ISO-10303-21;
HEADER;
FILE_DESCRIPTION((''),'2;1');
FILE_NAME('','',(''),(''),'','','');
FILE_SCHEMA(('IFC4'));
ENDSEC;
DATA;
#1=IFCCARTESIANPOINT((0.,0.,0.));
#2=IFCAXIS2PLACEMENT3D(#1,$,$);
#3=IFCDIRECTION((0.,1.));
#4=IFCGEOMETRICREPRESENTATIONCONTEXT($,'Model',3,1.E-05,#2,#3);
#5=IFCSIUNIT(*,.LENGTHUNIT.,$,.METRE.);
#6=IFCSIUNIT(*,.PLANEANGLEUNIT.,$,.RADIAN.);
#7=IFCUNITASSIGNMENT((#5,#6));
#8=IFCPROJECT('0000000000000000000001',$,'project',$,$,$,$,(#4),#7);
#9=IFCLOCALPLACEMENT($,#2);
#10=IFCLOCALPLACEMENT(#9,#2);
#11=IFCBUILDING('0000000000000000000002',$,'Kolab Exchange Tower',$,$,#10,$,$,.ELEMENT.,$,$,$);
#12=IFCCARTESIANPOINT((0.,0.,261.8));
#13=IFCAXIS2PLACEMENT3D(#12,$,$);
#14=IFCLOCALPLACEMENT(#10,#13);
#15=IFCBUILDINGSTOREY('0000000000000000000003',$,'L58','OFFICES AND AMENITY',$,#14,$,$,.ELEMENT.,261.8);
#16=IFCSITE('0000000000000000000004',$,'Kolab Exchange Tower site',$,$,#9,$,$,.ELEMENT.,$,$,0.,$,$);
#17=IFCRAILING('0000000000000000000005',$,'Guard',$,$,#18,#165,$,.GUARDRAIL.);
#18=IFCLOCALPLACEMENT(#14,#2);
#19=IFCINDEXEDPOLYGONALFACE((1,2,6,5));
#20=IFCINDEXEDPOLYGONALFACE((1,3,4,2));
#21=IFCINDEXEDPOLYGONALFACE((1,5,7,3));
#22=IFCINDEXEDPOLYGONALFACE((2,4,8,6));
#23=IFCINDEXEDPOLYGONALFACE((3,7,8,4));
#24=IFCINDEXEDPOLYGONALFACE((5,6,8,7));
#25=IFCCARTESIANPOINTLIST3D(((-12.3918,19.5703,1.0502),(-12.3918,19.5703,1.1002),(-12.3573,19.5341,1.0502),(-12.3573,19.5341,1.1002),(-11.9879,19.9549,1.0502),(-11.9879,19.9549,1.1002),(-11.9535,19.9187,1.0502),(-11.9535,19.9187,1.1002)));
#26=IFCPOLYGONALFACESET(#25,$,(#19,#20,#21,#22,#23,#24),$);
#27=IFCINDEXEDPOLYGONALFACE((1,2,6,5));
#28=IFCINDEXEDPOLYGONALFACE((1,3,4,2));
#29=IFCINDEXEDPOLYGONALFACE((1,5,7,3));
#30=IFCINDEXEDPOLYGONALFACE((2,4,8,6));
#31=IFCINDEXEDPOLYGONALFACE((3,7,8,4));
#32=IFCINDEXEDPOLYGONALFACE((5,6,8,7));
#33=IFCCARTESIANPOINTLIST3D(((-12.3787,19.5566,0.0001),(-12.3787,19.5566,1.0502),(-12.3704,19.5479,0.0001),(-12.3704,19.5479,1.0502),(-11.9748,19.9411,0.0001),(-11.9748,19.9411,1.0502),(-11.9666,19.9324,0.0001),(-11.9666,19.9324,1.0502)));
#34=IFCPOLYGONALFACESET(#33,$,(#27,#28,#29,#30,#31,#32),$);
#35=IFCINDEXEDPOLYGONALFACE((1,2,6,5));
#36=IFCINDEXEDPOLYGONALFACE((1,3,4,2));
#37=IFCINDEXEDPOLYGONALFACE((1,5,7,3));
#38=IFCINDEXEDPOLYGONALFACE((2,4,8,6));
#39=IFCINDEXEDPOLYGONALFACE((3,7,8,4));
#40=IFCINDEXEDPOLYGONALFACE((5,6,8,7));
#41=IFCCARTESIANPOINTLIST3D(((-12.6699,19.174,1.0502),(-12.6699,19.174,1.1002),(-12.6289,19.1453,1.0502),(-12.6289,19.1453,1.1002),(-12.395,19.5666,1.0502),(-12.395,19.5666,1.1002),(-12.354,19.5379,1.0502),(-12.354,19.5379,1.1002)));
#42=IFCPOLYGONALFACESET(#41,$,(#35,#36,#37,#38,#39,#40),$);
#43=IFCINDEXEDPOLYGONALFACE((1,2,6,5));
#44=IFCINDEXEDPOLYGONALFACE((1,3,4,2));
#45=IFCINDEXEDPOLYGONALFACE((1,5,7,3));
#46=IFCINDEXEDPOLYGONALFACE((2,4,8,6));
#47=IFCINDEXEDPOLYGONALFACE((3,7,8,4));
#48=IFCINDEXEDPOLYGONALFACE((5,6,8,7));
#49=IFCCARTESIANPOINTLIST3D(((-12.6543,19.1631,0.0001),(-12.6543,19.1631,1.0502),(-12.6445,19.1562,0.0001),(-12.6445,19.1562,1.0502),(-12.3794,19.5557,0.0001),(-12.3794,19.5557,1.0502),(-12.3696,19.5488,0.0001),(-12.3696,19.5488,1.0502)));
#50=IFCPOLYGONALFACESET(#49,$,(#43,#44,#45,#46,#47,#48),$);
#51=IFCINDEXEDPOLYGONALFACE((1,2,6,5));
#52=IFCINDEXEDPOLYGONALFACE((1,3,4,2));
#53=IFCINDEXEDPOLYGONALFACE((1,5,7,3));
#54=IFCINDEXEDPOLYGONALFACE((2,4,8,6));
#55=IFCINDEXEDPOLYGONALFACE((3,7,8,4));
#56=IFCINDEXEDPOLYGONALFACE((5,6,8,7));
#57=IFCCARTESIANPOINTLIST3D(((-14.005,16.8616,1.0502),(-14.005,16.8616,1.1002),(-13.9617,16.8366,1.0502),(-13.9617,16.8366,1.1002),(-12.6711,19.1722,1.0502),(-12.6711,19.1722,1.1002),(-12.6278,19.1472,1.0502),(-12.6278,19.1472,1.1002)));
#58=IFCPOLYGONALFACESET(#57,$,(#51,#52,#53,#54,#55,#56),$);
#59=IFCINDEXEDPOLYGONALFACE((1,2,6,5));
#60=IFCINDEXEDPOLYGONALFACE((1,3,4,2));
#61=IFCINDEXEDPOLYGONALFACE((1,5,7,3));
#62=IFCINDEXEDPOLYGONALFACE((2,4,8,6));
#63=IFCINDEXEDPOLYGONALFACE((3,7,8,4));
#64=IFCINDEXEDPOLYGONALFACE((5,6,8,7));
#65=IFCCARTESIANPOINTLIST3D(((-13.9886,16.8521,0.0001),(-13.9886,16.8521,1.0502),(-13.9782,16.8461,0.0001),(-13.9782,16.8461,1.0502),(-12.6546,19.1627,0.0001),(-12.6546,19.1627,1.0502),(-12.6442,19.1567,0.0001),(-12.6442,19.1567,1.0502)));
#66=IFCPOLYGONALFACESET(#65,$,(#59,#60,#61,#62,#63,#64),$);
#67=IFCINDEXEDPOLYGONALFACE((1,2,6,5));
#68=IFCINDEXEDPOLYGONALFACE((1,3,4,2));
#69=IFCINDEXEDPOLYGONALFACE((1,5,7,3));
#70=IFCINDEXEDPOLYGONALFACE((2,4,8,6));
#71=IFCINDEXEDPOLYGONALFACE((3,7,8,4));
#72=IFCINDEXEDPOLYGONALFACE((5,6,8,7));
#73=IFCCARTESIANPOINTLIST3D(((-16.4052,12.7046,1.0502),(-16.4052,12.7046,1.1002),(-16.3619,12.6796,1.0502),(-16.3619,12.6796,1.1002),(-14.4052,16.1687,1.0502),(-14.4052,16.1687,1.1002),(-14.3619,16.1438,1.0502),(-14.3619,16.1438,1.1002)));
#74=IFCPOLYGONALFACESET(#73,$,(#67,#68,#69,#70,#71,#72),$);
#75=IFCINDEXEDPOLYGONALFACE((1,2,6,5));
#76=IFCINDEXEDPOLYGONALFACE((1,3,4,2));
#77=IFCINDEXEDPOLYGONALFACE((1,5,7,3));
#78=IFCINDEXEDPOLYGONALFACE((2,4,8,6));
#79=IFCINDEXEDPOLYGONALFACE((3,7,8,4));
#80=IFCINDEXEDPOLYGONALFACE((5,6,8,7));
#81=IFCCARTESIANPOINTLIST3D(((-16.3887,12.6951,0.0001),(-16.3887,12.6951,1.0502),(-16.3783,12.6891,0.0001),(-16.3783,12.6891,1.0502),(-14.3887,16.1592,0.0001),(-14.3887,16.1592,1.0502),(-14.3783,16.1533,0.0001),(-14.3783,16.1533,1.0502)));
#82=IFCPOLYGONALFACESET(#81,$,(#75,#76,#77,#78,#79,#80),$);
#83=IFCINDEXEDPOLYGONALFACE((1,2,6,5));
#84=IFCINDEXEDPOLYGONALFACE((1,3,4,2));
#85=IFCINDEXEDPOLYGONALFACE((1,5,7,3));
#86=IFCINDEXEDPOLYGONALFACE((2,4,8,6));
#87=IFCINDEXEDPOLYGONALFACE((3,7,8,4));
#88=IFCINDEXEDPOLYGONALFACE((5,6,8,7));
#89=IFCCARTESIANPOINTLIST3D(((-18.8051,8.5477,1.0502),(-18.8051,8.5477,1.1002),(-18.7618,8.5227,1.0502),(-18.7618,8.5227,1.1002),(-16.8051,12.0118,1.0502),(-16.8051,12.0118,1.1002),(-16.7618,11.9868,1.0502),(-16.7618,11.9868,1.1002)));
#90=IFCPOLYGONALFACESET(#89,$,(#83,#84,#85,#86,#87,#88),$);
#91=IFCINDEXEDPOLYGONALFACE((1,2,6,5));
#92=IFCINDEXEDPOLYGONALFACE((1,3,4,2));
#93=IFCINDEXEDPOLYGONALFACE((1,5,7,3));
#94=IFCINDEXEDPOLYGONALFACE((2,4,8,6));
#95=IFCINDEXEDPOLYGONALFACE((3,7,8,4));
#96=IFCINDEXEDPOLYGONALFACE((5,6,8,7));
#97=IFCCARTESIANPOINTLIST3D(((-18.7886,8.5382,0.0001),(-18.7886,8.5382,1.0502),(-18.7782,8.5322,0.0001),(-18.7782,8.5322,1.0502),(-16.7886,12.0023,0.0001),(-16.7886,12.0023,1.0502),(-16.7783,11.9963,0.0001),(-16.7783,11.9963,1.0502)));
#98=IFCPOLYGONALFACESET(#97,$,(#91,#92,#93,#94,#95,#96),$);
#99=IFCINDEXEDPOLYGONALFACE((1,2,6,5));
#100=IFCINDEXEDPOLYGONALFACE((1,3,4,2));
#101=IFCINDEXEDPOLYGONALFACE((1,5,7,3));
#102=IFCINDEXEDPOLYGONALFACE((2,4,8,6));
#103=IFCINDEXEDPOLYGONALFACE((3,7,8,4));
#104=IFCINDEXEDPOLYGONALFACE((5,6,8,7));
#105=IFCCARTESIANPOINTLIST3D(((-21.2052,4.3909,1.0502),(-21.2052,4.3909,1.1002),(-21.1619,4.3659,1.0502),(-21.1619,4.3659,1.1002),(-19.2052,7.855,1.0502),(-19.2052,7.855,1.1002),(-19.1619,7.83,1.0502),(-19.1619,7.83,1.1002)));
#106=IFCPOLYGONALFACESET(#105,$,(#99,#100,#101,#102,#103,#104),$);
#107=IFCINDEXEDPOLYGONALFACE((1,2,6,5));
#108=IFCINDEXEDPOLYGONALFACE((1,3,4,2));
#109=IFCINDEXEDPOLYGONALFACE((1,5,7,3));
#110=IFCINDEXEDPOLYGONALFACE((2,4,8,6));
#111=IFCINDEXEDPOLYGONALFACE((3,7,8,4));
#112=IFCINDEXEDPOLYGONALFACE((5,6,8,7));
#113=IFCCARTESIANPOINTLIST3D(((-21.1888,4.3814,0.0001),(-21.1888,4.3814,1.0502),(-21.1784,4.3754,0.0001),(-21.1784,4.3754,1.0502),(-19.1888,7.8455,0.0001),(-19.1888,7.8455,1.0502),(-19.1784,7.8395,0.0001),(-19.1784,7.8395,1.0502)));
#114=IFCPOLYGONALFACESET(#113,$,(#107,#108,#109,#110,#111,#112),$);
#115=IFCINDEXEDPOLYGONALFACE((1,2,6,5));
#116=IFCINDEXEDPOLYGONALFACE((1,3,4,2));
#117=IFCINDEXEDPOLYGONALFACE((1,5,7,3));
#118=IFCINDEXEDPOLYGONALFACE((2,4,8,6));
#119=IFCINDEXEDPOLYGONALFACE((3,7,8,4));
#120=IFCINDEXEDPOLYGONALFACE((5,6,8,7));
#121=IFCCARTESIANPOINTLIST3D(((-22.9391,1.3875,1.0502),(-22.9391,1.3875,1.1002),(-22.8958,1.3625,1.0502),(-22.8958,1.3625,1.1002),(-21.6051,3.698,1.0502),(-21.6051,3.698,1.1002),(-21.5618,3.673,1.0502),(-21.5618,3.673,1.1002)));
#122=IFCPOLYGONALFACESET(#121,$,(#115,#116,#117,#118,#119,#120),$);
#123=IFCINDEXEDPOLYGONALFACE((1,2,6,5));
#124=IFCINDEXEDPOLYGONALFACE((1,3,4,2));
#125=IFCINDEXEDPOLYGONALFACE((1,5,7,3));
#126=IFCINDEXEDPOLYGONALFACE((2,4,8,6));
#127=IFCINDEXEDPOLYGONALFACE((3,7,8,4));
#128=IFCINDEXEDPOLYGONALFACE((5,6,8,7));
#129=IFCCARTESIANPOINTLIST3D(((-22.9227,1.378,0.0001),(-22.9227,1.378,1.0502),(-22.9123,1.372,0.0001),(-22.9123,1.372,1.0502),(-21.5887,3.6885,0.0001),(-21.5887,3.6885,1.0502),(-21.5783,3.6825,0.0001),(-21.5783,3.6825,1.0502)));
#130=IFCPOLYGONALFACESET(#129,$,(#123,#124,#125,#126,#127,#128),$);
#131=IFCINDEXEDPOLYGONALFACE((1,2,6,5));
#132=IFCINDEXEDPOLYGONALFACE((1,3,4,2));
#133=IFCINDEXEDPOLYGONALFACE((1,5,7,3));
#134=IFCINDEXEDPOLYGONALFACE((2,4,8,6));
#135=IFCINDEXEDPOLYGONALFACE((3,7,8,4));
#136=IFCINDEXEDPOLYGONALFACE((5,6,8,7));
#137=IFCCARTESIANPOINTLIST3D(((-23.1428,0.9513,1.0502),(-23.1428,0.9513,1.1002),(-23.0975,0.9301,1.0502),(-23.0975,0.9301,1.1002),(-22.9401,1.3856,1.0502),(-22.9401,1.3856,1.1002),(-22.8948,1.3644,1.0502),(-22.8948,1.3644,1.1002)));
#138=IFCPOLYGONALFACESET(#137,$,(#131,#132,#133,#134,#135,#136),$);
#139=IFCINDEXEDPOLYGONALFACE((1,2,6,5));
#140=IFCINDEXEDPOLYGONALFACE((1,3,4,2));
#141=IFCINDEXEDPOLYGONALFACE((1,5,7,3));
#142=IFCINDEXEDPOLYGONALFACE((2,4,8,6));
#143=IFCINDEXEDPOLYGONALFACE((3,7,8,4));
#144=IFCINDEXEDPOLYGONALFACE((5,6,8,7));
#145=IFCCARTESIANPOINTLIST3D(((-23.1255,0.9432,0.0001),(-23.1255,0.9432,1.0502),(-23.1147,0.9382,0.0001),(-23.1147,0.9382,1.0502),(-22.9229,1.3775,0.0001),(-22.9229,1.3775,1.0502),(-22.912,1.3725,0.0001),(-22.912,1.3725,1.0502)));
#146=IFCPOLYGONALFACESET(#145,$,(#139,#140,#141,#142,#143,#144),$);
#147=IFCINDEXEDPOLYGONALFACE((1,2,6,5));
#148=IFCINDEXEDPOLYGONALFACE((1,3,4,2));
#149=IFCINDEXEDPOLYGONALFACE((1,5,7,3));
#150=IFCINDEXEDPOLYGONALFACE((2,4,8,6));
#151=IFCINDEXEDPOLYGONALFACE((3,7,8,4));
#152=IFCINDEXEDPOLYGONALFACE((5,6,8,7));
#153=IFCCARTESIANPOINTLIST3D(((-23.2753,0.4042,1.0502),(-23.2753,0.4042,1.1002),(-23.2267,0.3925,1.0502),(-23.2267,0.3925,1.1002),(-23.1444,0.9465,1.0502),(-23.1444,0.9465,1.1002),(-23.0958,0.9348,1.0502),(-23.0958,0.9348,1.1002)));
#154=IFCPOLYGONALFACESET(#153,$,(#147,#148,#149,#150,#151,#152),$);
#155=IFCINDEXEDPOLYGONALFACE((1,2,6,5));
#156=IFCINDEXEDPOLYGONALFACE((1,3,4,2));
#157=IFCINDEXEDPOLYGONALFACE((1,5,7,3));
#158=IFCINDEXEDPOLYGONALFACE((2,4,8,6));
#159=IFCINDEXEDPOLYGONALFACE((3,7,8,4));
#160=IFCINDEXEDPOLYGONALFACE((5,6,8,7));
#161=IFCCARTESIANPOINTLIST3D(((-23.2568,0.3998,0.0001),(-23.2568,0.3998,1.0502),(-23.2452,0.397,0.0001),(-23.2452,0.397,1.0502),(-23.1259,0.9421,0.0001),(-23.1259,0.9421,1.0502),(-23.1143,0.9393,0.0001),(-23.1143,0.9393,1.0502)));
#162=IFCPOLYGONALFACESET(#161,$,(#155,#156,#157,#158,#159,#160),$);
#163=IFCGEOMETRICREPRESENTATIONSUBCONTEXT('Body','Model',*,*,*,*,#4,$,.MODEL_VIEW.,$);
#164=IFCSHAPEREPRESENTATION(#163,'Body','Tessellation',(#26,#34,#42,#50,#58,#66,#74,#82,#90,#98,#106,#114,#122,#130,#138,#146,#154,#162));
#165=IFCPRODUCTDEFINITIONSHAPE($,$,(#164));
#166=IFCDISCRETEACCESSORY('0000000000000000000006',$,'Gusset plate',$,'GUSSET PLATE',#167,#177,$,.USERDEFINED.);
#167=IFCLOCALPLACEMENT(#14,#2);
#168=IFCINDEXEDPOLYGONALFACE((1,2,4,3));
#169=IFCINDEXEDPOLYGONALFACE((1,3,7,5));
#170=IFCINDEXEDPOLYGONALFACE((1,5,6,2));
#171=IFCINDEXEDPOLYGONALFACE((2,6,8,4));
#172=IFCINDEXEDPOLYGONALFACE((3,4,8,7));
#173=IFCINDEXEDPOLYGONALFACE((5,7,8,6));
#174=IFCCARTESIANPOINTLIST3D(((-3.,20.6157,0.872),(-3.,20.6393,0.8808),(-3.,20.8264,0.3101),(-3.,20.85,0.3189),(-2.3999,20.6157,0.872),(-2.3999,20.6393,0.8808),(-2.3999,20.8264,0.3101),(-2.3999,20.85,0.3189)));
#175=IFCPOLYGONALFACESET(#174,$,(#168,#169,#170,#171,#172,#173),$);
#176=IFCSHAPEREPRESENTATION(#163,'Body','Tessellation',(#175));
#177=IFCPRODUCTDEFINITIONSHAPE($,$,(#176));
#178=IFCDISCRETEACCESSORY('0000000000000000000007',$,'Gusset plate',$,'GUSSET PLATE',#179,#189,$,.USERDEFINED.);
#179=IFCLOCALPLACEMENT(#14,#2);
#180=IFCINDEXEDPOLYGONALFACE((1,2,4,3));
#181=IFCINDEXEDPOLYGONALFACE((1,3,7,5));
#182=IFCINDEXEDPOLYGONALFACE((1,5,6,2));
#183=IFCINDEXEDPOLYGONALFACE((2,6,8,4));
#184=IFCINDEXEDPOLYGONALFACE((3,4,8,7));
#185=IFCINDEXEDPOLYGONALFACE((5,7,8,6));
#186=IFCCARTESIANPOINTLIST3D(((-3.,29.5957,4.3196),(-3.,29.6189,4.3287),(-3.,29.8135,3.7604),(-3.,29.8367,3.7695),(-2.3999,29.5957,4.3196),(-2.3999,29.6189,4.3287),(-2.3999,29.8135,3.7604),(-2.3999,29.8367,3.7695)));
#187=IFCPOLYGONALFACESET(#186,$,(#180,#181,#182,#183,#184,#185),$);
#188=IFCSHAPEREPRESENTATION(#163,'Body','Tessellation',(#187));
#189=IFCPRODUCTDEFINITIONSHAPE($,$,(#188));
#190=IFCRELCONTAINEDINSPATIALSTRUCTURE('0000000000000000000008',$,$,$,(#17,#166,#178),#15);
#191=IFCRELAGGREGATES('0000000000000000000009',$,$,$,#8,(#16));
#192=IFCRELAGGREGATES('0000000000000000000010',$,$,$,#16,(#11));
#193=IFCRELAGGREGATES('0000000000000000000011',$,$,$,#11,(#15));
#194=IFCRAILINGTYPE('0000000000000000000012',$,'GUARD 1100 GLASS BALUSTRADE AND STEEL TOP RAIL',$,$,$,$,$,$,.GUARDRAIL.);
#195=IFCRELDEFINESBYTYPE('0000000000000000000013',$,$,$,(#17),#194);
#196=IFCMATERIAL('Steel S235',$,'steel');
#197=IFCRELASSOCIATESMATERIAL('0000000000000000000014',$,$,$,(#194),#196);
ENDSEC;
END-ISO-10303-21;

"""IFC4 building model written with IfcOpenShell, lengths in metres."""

from ifc_helpers import new_model, si_unit, direction, frame, frame_2d, origin, origin_2d, place, context, subcontext, project, spatial, rectangle, extrude, material, type_object, element, save


model = new_model("IFC4")

# Units and contexts
model_context = context("Model", 3, precision=1e-05, world=origin(), true_north=direction((0.0, 1.0)))
body_context = subcontext(model_context, "Body", "Model", "MODEL_VIEW")
ifc_project = project(units=[si_unit("LENGTHUNIT", "METRE"), si_unit("PLANEANGLEUNIT", "RADIAN")], contexts=[model_context])

# Site, building, storey
site_placement = place(None, origin())
site = spatial("IfcSite", under=ifc_project, at=site_placement, Name="Kolab Exchange Tower site", CompositionType="ELEMENT", RefElevation=0.0)
building_placement = place(site_placement, origin())
building = spatial("IfcBuilding", under=site, at=building_placement, Name="Kolab Exchange Tower", CompositionType="ELEMENT")
storey_placement = place(building_placement, frame((0.0, 0.0, 261.8)))
storey = spatial("IfcBuildingStorey", under=building, at=storey_placement, Name="L58", Description="OFFICES AND AMENITY", CompositionType="ELEMENT", Elevation=261.8)

# Railing
ifc_material_1 = material(Name="Steel S235", Category="steel")
railing_type = type_object("IfcRailingType", Name="GUARD 1100 GLASS BALUSTRADE AND STEEL TOP RAIL", PredefinedType="GUARDRAIL", material=ifc_material_1)
railing_placement = place(storey_placement, frame((-11.9707, 19.9368, 0.0)))
element("IfcRailing", 1, at=railing_placement, inside=storey, type_object=railing_type, Name="Guard", PredefinedType="GUARDRAIL", context=body_context, shape_type="SweptSolid", body=[
    extrude(rectangle(XDim=0.05, YDim=0.05, at=origin_2d()), frame((0.0, 0.0, 1.0752), z_axis=(-0.72419, -0.689601, 0.0), x_axis=(0.689601, -0.72419, 0.0)), (0.0, 0.0, 1.0), 0.5576),
    extrude(rectangle(XDim=0.012, YDim=1.0501, at=frame_2d((0.0, 0.5251))), frame((0.0, 0.0, 0.0), z_axis=(-0.72419, -0.689601, 0.0), x_axis=(0.689601, -0.72419, 0.0)), (0.0, 0.0, 1.0), 0.5576),
    extrude(rectangle(XDim=0.05, YDim=0.05, at=origin_2d()), frame((-0.4038, -0.3845, 1.0752), z_axis=(-0.573599, -0.819136, 0.0), x_axis=(0.819136, -0.573599, 0.0)), (0.0, 0.0, 1.0), 0.4792),
    extrude(rectangle(XDim=0.012, YDim=1.0501, at=frame_2d((0.0, 0.5251))), frame((-0.4038, -0.3845, 0.0), z_axis=(-0.573599, -0.819136, 0.0), x_axis=(0.819136, -0.573599, 0.0)), (0.0, 0.0, 1.0), 0.4792),
    extrude(rectangle(XDim=0.05, YDim=0.05, at=origin_2d()), frame((-0.6787, -0.7771, 1.0752), z_axis=(-0.499997, -0.866027, 0.0), x_axis=(0.866027, -0.499997, 0.0)), (0.0, 0.0, 1.0), 2.668),
    extrude(rectangle(XDim=0.012, YDim=1.0501, at=frame_2d((0.0, 0.5251))), frame((-0.6787, -0.7771, 0.0), z_axis=(-0.499997, -0.866027, 0.0), x_axis=(0.866027, -0.499997, 0.0)), (0.0, 0.0, 1.0), 2.668),
    extrude(rectangle(XDim=0.05, YDim=0.05, at=origin_2d()), frame((-2.4128, -3.7805, 1.0752), z_axis=(-0.499999, -0.866026, 0.0), x_axis=(0.866026, -0.499999, 0.0)), (0.0, 0.0, 1.0), 4.0),
    extrude(rectangle(XDim=0.012, YDim=1.0501, at=frame_2d((0.0, 0.5251))), frame((-2.4128, -3.7805, 0.0), z_axis=(-0.499999, -0.866026, 0.0), x_axis=(0.866026, -0.499999, 0.0)), (0.0, 0.0, 1.0), 4.0),
    extrude(rectangle(XDim=0.05, YDim=0.05, at=origin_2d()), frame((-4.8127, -7.9375, 1.0752), z_axis=(-0.499999, -0.866026, 0.0), x_axis=(0.866026, -0.499999, 0.0)), (0.0, 0.0, 1.0), 4.0),
    extrude(rectangle(XDim=0.012, YDim=1.0501, at=frame_2d((0.0, 0.5251))), frame((-4.8127, -7.9375, 0.0), z_axis=(-0.499999, -0.866026, 0.0), x_axis=(0.866026, -0.499999, 0.0)), (0.0, 0.0, 1.0), 4.0),
    extrude(rectangle(XDim=0.05, YDim=0.05, at=origin_2d()), frame((-7.2129, -12.0942, 1.0752), z_axis=(-0.499999, -0.866026, 0.0), x_axis=(0.866026, -0.499999, 0.0)), (0.0, 0.0, 1.0), 4.0),
    extrude(rectangle(XDim=0.012, YDim=1.0501, at=frame_2d((0.0, 0.5251))), frame((-7.2129, -12.0942, 0.0), z_axis=(-0.499999, -0.866026, 0.0), x_axis=(0.866026, -0.499999, 0.0)), (0.0, 0.0, 1.0), 4.0),
    extrude(rectangle(XDim=0.05, YDim=0.05, at=origin_2d()), frame((-9.6128, -16.2512, 1.0752), z_axis=(-0.499997, -0.866027, 0.0), x_axis=(0.866027, -0.499997, 0.0)), (0.0, 0.0, 1.0), 2.668),
    extrude(rectangle(XDim=0.012, YDim=1.0501, at=frame_2d((0.0, 0.5251))), frame((-9.6128, -16.2512, 0.0), z_axis=(-0.499997, -0.866027, 0.0), x_axis=(0.866027, -0.499997, 0.0)), (0.0, 0.0, 1.0), 2.668),
    extrude(rectangle(XDim=0.05, YDim=0.05, at=origin_2d()), frame((-10.9468, -18.5618, 1.0752), z_axis=(-0.422802, -0.906222, 0.0), x_axis=(0.906222, -0.422802, 0.0)), (0.0, 0.0, 1.0), 0.4792),
    extrude(rectangle(XDim=0.012, YDim=1.0501, at=frame_2d((0.0, 0.5251))), frame((-10.9468, -18.5618, 0.0), z_axis=(-0.422802, -0.906222, 0.0), x_axis=(0.906222, -0.422802, 0.0)), (0.0, 0.0, 1.0), 0.4792),
    extrude(rectangle(XDim=0.05, YDim=0.05, at=origin_2d()), frame((-11.1494, -18.9961, 1.0752), z_axis=(-0.234598, -0.972093, 0.0), x_axis=(0.972093, -0.234598, 0.0)), (0.0, 0.0, 1.0), 0.5579),
    extrude(rectangle(XDim=0.012, YDim=1.0501, at=frame_2d((0.0, 0.5251))), frame((-11.1494, -18.9961, 0.0), z_axis=(-0.234598, -0.972093, 0.0), x_axis=(0.972093, -0.234598, 0.0)), (0.0, 0.0, 1.0), 0.5579),
])

# Discrete accessories
discrete_accessory_1_placement = place(storey_placement, frame((-2.7, 20.7446, 0.5999), z_axis=(0.0, -0.936329, -0.351123), x_axis=(1.0, 0.0, 0.0)))
element("IfcDiscreteAccessory", 2, at=discrete_accessory_1_placement, inside=storey, Name="Gusset plate", ObjectType="GUSSET PLATE", PredefinedType="USERDEFINED", context=body_context, shape_type="SweptSolid", body=[
    extrude(rectangle(XDim=0.6001, YDim=0.6001, at=origin_2d()), origin(), (0.0, 0.0, 1.0), 0.0251),
])
discrete_accessory_2_placement = place(storey_placement, frame((-2.7, 29.7046, 4.04), z_axis=(0.0, 0.93182, 0.36292), x_axis=(-1.0, 0.0, 0.0)))
element("IfcDiscreteAccessory", 3, at=discrete_accessory_2_placement, inside=storey, Name="Gusset plate", ObjectType="GUSSET PLATE", PredefinedType="USERDEFINED", context=body_context, shape_type="SweptSolid", body=[
    extrude(rectangle(XDim=0.6001, YDim=0.6001, at=origin_2d()), origin(), (0.0, 0.0, 1.0), 0.0249),
])

save(model, "model.ifc")
